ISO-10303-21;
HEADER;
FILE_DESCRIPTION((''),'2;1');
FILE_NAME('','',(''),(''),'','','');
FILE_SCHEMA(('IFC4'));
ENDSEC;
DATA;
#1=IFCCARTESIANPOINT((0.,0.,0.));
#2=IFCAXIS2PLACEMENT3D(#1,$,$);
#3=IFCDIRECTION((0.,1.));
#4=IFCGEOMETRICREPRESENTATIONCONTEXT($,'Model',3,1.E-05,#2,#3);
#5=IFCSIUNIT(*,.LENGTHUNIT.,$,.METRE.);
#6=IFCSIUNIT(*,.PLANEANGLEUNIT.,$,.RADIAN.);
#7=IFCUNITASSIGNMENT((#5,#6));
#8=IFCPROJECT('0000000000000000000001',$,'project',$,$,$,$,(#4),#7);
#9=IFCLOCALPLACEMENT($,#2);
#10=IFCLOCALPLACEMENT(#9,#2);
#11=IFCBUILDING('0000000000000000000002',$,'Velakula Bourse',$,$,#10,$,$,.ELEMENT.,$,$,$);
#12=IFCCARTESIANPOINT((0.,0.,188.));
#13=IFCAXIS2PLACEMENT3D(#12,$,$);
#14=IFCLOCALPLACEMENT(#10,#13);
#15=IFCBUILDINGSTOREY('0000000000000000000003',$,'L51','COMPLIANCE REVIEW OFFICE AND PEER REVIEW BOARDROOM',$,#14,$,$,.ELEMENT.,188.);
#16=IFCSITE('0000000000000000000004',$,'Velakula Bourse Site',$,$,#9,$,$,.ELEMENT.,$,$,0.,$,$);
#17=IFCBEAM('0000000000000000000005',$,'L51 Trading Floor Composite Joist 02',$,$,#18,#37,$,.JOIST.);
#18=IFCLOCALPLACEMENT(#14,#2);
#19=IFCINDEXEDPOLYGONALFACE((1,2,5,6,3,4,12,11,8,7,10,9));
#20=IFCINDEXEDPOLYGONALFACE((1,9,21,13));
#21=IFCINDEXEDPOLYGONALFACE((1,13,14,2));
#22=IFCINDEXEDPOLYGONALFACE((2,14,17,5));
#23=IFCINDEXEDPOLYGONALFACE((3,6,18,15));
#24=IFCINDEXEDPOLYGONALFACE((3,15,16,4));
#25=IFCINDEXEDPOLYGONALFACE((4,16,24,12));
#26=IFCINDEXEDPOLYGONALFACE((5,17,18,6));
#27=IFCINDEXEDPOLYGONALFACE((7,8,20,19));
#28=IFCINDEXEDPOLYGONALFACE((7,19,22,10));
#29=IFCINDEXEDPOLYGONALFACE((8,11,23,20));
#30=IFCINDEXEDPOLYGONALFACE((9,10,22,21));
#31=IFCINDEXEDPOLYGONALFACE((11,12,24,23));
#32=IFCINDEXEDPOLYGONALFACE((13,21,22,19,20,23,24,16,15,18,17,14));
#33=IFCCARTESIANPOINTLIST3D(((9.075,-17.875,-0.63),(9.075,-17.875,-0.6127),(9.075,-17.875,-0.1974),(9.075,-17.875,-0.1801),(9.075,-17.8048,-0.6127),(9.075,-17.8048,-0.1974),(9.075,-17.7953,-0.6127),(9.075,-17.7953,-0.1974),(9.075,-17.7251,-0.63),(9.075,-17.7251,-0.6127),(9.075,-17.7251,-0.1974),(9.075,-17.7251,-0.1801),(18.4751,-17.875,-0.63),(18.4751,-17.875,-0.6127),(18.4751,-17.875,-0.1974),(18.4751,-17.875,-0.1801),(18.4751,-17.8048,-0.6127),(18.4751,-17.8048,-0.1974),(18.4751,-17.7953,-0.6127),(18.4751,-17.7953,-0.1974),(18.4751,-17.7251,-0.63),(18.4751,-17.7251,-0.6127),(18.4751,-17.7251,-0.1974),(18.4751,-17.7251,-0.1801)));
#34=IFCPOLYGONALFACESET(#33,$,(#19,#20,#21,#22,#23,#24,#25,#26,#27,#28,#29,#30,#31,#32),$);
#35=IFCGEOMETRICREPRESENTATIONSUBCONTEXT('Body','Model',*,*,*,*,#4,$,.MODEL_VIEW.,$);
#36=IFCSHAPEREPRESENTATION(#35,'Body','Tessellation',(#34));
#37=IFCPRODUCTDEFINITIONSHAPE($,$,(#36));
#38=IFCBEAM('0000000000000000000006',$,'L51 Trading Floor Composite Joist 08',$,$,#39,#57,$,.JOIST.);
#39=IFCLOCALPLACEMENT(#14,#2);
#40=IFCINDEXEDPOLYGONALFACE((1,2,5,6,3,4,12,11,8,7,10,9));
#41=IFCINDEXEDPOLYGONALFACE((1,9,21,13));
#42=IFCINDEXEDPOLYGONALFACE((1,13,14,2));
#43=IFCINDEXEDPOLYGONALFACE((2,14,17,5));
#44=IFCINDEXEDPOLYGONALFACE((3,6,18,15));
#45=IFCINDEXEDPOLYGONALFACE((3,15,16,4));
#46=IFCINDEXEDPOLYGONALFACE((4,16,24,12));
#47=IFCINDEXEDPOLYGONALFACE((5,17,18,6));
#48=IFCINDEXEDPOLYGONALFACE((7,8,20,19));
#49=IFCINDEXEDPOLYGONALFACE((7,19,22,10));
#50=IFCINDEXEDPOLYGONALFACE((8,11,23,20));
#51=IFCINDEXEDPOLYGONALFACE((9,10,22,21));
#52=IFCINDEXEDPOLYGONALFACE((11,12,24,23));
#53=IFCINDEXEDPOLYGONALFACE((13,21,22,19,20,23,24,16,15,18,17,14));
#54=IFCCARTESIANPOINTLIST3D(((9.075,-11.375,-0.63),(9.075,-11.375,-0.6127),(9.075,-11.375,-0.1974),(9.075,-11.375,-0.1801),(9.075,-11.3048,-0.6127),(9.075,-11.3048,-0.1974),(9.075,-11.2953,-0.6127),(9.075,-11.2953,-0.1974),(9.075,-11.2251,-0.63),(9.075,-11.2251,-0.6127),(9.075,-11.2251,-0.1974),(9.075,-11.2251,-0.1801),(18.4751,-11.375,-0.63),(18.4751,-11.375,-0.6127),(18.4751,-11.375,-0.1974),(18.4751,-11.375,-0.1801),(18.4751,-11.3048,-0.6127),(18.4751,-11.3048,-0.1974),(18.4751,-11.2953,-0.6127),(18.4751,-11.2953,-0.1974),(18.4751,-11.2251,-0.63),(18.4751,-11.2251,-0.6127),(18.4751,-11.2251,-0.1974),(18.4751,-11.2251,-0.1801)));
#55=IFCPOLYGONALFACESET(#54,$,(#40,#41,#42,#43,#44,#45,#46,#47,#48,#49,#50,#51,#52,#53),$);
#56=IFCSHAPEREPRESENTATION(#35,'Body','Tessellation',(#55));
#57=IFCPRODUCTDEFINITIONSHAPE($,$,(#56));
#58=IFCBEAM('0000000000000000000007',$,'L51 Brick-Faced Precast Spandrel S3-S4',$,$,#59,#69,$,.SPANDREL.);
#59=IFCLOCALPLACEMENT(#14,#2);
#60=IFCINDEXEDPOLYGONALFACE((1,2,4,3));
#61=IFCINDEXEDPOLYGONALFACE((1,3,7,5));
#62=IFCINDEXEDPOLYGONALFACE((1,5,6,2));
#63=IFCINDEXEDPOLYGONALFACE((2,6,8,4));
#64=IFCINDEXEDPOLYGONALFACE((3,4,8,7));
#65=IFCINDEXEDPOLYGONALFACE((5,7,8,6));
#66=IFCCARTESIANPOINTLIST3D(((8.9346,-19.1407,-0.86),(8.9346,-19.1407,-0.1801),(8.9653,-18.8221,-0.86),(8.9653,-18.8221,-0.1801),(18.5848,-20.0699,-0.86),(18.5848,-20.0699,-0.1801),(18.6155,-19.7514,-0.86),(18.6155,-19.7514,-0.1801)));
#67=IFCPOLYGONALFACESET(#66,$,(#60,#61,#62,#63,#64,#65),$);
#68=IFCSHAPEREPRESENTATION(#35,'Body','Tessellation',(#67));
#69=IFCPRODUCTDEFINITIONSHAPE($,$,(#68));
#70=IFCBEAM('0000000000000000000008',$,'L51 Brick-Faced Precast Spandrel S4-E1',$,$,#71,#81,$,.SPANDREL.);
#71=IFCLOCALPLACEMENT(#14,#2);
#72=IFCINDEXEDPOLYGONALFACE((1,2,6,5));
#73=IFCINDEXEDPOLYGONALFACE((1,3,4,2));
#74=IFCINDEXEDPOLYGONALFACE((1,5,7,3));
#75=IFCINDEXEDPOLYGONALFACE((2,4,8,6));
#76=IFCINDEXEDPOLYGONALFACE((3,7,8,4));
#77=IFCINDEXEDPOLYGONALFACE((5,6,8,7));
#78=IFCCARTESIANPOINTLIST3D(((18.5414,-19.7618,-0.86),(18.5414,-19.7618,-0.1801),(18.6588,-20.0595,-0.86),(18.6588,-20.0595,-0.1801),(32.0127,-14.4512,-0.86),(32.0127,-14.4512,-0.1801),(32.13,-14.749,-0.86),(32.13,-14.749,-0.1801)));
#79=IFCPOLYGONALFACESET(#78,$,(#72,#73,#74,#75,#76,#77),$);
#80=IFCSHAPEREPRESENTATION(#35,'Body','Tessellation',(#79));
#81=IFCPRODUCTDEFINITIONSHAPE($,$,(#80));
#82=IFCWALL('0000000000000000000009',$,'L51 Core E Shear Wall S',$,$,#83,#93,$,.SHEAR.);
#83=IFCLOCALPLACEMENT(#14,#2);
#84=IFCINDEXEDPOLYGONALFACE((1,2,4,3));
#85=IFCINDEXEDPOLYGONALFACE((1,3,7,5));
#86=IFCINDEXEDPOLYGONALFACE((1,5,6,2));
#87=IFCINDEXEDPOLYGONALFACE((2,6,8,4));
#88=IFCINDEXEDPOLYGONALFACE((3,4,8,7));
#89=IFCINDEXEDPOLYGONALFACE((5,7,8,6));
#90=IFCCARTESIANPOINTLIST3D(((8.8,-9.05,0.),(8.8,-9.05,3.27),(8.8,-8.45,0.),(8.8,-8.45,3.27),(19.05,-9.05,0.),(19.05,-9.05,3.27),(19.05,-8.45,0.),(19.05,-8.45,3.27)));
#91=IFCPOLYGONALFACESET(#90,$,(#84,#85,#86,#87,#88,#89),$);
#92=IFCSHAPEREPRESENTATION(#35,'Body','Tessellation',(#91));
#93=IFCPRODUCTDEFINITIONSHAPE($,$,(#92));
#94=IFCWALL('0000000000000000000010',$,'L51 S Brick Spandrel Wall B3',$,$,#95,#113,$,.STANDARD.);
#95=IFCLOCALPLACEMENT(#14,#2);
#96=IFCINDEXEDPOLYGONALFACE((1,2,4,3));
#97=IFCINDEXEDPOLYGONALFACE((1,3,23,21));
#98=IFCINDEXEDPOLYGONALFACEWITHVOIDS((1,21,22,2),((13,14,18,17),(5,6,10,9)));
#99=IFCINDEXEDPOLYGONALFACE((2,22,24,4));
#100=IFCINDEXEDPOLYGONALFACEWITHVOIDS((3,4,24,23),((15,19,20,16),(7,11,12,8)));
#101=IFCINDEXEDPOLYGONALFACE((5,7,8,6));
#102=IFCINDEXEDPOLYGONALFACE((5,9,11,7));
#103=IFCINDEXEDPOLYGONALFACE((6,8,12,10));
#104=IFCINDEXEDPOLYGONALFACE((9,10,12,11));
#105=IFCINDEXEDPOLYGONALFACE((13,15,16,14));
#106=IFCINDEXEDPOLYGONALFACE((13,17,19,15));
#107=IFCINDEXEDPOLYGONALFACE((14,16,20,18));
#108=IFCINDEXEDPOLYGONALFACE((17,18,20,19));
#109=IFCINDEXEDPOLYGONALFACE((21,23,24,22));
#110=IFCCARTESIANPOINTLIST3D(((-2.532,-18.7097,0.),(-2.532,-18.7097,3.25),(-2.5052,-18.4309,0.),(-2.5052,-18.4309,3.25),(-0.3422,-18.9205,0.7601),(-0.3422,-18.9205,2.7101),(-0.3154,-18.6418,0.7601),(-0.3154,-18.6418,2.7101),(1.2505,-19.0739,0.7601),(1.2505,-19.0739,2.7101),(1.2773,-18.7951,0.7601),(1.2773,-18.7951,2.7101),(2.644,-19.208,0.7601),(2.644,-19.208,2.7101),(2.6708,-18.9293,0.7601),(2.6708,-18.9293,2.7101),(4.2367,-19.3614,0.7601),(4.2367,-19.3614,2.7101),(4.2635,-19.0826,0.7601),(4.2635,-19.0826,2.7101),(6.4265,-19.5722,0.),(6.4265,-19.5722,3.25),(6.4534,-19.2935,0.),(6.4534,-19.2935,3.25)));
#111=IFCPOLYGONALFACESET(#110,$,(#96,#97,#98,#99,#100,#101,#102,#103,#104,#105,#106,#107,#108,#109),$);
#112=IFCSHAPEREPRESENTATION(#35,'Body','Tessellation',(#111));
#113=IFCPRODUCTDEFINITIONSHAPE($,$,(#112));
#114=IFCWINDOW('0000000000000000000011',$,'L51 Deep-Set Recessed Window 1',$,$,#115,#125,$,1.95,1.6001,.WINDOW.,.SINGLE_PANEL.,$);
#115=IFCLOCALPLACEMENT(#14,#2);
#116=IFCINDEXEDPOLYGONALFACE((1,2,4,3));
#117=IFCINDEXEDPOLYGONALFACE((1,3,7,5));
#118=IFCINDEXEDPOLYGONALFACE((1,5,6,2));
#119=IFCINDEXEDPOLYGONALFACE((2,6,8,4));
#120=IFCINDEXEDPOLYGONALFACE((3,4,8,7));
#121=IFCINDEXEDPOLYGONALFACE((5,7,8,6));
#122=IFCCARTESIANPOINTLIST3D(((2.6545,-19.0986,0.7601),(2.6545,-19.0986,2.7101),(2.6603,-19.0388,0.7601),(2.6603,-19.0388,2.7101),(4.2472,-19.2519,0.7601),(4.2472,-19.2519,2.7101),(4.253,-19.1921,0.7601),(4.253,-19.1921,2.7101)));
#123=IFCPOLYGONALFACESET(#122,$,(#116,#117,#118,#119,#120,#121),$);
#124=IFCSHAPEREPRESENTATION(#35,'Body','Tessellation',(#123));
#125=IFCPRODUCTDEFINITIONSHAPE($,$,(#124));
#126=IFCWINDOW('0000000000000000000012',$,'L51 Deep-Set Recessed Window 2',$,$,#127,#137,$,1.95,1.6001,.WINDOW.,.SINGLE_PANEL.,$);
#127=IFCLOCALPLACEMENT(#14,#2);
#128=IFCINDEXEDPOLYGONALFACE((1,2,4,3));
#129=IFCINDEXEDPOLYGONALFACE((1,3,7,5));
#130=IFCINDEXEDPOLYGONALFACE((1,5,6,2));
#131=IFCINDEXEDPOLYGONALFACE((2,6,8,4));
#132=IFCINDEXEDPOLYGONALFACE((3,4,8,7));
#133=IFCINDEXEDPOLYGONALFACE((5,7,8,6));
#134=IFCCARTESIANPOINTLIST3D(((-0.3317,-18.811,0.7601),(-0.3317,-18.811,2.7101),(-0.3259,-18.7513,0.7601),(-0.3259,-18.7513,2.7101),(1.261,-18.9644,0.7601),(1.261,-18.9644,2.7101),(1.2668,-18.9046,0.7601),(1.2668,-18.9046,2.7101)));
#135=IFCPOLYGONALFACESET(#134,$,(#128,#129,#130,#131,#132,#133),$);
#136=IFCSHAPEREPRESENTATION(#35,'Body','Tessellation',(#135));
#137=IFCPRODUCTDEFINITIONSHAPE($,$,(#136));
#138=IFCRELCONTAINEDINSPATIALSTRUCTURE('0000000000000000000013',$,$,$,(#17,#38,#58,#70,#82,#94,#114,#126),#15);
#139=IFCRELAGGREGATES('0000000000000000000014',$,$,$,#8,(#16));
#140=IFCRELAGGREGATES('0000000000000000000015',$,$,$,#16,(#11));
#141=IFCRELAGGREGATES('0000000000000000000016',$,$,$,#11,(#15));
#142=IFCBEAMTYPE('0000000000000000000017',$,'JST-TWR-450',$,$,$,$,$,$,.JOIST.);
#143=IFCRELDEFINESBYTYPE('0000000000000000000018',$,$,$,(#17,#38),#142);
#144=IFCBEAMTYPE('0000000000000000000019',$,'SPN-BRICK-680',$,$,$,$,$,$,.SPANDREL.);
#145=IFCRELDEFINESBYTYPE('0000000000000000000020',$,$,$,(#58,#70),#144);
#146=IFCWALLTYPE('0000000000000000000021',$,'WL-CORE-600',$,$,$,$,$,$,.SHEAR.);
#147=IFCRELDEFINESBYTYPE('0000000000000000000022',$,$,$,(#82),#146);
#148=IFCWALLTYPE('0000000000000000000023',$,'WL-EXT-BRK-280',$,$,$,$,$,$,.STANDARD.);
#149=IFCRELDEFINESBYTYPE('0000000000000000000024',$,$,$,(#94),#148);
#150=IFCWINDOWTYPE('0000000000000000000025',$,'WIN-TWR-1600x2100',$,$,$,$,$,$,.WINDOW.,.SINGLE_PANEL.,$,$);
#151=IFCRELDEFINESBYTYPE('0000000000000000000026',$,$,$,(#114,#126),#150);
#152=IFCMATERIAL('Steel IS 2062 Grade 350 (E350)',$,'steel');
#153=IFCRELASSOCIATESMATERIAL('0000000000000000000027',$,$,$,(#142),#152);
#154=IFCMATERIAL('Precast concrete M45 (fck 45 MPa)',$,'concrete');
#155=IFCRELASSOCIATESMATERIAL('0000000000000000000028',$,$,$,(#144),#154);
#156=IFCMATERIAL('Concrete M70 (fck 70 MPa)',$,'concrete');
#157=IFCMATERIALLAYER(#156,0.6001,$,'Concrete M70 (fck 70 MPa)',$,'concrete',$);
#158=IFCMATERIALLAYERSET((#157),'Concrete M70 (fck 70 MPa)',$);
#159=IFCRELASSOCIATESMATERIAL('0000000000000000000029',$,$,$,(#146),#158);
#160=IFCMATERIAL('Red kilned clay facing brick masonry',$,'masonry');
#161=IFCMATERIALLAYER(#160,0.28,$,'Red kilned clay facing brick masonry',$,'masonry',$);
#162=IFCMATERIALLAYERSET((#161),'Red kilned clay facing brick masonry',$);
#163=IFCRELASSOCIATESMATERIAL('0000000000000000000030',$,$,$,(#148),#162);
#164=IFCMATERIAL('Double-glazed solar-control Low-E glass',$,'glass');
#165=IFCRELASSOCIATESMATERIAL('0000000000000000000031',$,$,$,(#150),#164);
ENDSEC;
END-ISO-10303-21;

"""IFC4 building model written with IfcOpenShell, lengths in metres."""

from ifc_helpers import new_model, si_unit, direction, frame, frame_2d, origin, origin_2d, place, context, subcontext, project, spatial, rectangle, i_section, extrude, material, layer, layer_set, material_profile, profile_set, type_object, element, fill, save


model = new_model("IFC4")

# Units and contexts
model_context = context("Model", 3, precision=1e-05, world=origin(), true_north=direction((0.0, 1.0)))
body_context = subcontext(model_context, "Body", "Model", "MODEL_VIEW")
ifc_project = project(units=[si_unit("LENGTHUNIT", "METRE"), si_unit("PLANEANGLEUNIT", "RADIAN")], contexts=[model_context])

# Site, building, storey
site_placement = place(None, origin())
site = spatial("IfcSite", under=ifc_project, at=site_placement, Name="Velakula Bourse Site", CompositionType="ELEMENT", RefElevation=0.0)
building_placement = place(site_placement, origin())
building = spatial("IfcBuilding", under=site, at=building_placement, Name="Velakula Bourse", CompositionType="ELEMENT")
storey_placement = place(building_placement, frame((0.0, 0.0, 188.0)))
storey = spatial("IfcBuildingStorey", under=building, at=storey_placement, Name="L51", Description="COMPLIANCE REVIEW OFFICE AND PEER REVIEW BOARDROOM", CompositionType="ELEMENT", Elevation=188.0)

# Shared definitions
ifc_material_1 = material(Name="Concrete M70 (fck 70 MPa)", Category="concrete")
ifc_material_2 = material(Name="Steel IS 2062 Grade 350 (E350)", Category="steel")

# Beams
ifc_material_profile_1 = material_profile(ifc_material_2, i_section(OverallWidth=0.1499, OverallDepth=0.45, WebThickness=0.0095, FlangeThickness=0.0173, at=origin_2d()), Name="Steel IS 2062 Grade 350 (E350)")
ifc_profile_set_1 = profile_set([ifc_material_profile_1], Name="Steel IS 2062 Grade 350 (E350)")
beam_type_1 = type_object("IfcBeamType", Name="JST-TWR-450", PredefinedType="JOIST", material=ifc_profile_set_1)
for number, where, z_axis, x_axis, name in (
    (1, (9.075, -17.8, -0.405), (1.0, 0.0, 0.0), (0.0, 1.0, 0.0), "L51 Trading Floor Composite Joist 02"),
    (2, (9.075, -11.3, -0.405), (1.0, 0.0, 0.0), (0.0, 1.0, 0.0), "L51 Trading Floor Composite Joist 08"),
):
    element("IfcBeam", number, at=place(storey_placement, frame(where, z_axis=z_axis, x_axis=x_axis)), inside=storey, type_object=beam_type_1, Name=name, PredefinedType="JOIST", context=body_context, shape_type="SweptSolid", body=[
        extrude(i_section(OverallWidth=0.1499, OverallDepth=0.45, WebThickness=0.0095, FlangeThickness=0.0173, at=origin_2d()), origin(), (0.0, 0.0, 1.0), 9.4001),
    ])
ifc_material_3 = material(Name="Precast concrete M45 (fck 45 MPa)", Category="concrete")
ifc_material_profile_2 = material_profile(ifc_material_3, rectangle(XDim=0.3201, YDim=0.6799, at=origin_2d()), Name="Precast concrete M45 (fck 45 MPa)")
ifc_profile_set_2 = profile_set([ifc_material_profile_2], Name="Precast concrete M45 (fck 45 MPa)")
beam_type_2 = type_object("IfcBeamType", Name="SPN-BRICK-680", PredefinedType="SPANDREL", material=ifc_profile_set_2)
beam_1_placement = place(storey_placement, frame((8.95, -18.9814, -0.52), z_axis=(0.995396, -0.095845, 0.0), x_axis=(0.095845, 0.995396, 0.0)))
element("IfcBeam", 3, at=beam_1_placement, inside=storey, type_object=beam_type_2, Name="L51 Brick-Faced Precast Spandrel S3-S4", PredefinedType="SPANDREL", context=body_context, shape_type="SweptSolid", body=[
    extrude(rectangle(XDim=0.3201, YDim=0.6799, at=origin_2d()), origin(), (0.0, 0.0, 1.0), 9.6948),
])
beam_2_placement = place(storey_placement, frame((18.6001, -19.9106, -0.52), z_axis=(0.930321, 0.366747, 0.0), x_axis=(-0.366747, 0.930321, 0.0)))
element("IfcBeam", 4, at=beam_2_placement, inside=storey, type_object=beam_type_2, Name="L51 Brick-Faced Precast Spandrel S4-E1", PredefinedType="SPANDREL", context=body_context, shape_type="SweptSolid", body=[
    extrude(rectangle(XDim=0.3201, YDim=0.6799, at=origin_2d()), origin(), (0.0, 0.0, 1.0), 14.4802),
])

# Wall
ifc_layer_1 = layer(ifc_material_1, 0.6001, Name="Concrete M70 (fck 70 MPa)", Category="concrete")
ifc_layer_set_1 = layer_set([ifc_layer_1], Name="Concrete M70 (fck 70 MPa)")
wall_type_1 = type_object("IfcWallType", Name="WL-CORE-600", PredefinedType="SHEAR", material=ifc_layer_set_1)
wall_1_placement = place(storey_placement, frame((8.8, -8.75, 0.0), z_axis=(0.0, 0.0, 1.0), x_axis=(1.0, 0.0, 0.0)))
element("IfcWall", 5, at=wall_1_placement, inside=storey, type_object=wall_type_1, Name="L51 Core E Shear Wall S", PredefinedType="SHEAR", context=body_context, shape_type="SweptSolid", body=[
    extrude(rectangle(XDim=10.25, YDim=0.6001, at=frame_2d((5.125, 0.0))), origin(), (0.0, 0.0, 1.0), 3.27),
])

# Wall, openings, windows
ifc_material_4 = material(Name="Red kilned clay facing brick masonry", Category="masonry")
ifc_layer_2 = layer(ifc_material_4, 0.28, Name="Red kilned clay facing brick masonry", Category="masonry")
ifc_layer_set_2 = layer_set([ifc_layer_2], Name="Red kilned clay facing brick masonry")
wall_type_2 = type_object("IfcWallType", Name="WL-EXT-BRK-280", PredefinedType="STANDARD", material=ifc_layer_set_2)
wall_2_placement = place(storey_placement, frame((6.4399, -19.4329, 0.0), z_axis=(0.0, 0.0, 1.0), x_axis=(-0.995397, 0.09584, 0.0)))
wall_2 = element("IfcWall", 6, at=wall_2_placement, inside=storey, type_object=wall_type_2, Name="L51 S Brick Spandrel Wall B3", PredefinedType="STANDARD", context=body_context, shape_type="SweptSolid", body=[
    extrude(rectangle(XDim=9.0, YDim=0.28, at=frame_2d((4.5, 0.0))), origin(), (0.0, 0.0, 1.0), 3.25),
])
opening_1_placement = place(wall_2_placement, frame((2.2, 0.0, 0.76)))
opening_1 = element("IfcOpeningElement", 7, at=opening_1_placement, cuts=wall_2, PredefinedType="OPENING", context=body_context, shape_type="SweptSolid", body=[
    extrude(rectangle(XDim=1.6001, YDim=1.95, at=frame_2d((0.8, 0.9751))), frame((0.0, 0.1499, 0.0), z_axis=(0.0, -1.0, 0.0), x_axis=(1.0, 0.0, 0.0)), (0.0, 0.0, 1.0), 0.3),
])
opening_2_placement = place(wall_2_placement, frame((5.2, 0.0, 0.76)))
opening_2 = element("IfcOpeningElement", 8, at=opening_2_placement, cuts=wall_2, PredefinedType="OPENING", context=body_context, shape_type="SweptSolid", body=[
    extrude(rectangle(XDim=1.6001, YDim=1.95, at=frame_2d((0.8, 0.9751))), frame((0.0, 0.1499, 0.0), z_axis=(0.0, -1.0, 0.0), x_axis=(1.0, 0.0, 0.0)), (0.0, 0.0, 1.0), 0.3),
])
ifc_material_5 = material(Name="Double-glazed solar-control Low-E glass", Category="glass")
window_type = type_object("IfcWindowType", Name="WIN-TWR-1600x2100", PartitioningType="SINGLE_PANEL", PredefinedType="WINDOW", material=ifc_material_5)
window_1_placement = place(opening_1_placement, origin())
window_1 = element("IfcWindow", 9, at=window_1_placement, inside=storey, type_object=window_type, Name="L51 Deep-Set Recessed Window 1", OverallHeight=1.95, OverallWidth=1.6001, PartitioningType="SINGLE_PANEL", PredefinedType="WINDOW", context=body_context, shape_type="SweptSolid", body=[
    extrude(rectangle(XDim=1.6001, YDim=1.95, at=frame_2d((0.8, 0.9751))), frame((0.0, 0.03, 0.0), z_axis=(0.0, -1.0, 0.0), x_axis=(1.0, 0.0, 0.0)), (0.0, 0.0, 1.0), 0.0601),
])
fill(opening_1, window_1)
window_2_placement = place(opening_2_placement, origin())
window_2 = element("IfcWindow", 10, at=window_2_placement, inside=storey, type_object=window_type, Name="L51 Deep-Set Recessed Window 2", OverallHeight=1.95, OverallWidth=1.6001, PartitioningType="SINGLE_PANEL", PredefinedType="WINDOW", context=body_context, shape_type="SweptSolid", body=[
    extrude(rectangle(XDim=1.6001, YDim=1.95, at=frame_2d((0.8, 0.9751))), frame((0.0, 0.03, 0.0), z_axis=(0.0, -1.0, 0.0), x_axis=(1.0, 0.0, 0.0)), (0.0, 0.0, 1.0), 0.0601),
])
fill(opening_2, window_2)

save(model, "model.ifc")
